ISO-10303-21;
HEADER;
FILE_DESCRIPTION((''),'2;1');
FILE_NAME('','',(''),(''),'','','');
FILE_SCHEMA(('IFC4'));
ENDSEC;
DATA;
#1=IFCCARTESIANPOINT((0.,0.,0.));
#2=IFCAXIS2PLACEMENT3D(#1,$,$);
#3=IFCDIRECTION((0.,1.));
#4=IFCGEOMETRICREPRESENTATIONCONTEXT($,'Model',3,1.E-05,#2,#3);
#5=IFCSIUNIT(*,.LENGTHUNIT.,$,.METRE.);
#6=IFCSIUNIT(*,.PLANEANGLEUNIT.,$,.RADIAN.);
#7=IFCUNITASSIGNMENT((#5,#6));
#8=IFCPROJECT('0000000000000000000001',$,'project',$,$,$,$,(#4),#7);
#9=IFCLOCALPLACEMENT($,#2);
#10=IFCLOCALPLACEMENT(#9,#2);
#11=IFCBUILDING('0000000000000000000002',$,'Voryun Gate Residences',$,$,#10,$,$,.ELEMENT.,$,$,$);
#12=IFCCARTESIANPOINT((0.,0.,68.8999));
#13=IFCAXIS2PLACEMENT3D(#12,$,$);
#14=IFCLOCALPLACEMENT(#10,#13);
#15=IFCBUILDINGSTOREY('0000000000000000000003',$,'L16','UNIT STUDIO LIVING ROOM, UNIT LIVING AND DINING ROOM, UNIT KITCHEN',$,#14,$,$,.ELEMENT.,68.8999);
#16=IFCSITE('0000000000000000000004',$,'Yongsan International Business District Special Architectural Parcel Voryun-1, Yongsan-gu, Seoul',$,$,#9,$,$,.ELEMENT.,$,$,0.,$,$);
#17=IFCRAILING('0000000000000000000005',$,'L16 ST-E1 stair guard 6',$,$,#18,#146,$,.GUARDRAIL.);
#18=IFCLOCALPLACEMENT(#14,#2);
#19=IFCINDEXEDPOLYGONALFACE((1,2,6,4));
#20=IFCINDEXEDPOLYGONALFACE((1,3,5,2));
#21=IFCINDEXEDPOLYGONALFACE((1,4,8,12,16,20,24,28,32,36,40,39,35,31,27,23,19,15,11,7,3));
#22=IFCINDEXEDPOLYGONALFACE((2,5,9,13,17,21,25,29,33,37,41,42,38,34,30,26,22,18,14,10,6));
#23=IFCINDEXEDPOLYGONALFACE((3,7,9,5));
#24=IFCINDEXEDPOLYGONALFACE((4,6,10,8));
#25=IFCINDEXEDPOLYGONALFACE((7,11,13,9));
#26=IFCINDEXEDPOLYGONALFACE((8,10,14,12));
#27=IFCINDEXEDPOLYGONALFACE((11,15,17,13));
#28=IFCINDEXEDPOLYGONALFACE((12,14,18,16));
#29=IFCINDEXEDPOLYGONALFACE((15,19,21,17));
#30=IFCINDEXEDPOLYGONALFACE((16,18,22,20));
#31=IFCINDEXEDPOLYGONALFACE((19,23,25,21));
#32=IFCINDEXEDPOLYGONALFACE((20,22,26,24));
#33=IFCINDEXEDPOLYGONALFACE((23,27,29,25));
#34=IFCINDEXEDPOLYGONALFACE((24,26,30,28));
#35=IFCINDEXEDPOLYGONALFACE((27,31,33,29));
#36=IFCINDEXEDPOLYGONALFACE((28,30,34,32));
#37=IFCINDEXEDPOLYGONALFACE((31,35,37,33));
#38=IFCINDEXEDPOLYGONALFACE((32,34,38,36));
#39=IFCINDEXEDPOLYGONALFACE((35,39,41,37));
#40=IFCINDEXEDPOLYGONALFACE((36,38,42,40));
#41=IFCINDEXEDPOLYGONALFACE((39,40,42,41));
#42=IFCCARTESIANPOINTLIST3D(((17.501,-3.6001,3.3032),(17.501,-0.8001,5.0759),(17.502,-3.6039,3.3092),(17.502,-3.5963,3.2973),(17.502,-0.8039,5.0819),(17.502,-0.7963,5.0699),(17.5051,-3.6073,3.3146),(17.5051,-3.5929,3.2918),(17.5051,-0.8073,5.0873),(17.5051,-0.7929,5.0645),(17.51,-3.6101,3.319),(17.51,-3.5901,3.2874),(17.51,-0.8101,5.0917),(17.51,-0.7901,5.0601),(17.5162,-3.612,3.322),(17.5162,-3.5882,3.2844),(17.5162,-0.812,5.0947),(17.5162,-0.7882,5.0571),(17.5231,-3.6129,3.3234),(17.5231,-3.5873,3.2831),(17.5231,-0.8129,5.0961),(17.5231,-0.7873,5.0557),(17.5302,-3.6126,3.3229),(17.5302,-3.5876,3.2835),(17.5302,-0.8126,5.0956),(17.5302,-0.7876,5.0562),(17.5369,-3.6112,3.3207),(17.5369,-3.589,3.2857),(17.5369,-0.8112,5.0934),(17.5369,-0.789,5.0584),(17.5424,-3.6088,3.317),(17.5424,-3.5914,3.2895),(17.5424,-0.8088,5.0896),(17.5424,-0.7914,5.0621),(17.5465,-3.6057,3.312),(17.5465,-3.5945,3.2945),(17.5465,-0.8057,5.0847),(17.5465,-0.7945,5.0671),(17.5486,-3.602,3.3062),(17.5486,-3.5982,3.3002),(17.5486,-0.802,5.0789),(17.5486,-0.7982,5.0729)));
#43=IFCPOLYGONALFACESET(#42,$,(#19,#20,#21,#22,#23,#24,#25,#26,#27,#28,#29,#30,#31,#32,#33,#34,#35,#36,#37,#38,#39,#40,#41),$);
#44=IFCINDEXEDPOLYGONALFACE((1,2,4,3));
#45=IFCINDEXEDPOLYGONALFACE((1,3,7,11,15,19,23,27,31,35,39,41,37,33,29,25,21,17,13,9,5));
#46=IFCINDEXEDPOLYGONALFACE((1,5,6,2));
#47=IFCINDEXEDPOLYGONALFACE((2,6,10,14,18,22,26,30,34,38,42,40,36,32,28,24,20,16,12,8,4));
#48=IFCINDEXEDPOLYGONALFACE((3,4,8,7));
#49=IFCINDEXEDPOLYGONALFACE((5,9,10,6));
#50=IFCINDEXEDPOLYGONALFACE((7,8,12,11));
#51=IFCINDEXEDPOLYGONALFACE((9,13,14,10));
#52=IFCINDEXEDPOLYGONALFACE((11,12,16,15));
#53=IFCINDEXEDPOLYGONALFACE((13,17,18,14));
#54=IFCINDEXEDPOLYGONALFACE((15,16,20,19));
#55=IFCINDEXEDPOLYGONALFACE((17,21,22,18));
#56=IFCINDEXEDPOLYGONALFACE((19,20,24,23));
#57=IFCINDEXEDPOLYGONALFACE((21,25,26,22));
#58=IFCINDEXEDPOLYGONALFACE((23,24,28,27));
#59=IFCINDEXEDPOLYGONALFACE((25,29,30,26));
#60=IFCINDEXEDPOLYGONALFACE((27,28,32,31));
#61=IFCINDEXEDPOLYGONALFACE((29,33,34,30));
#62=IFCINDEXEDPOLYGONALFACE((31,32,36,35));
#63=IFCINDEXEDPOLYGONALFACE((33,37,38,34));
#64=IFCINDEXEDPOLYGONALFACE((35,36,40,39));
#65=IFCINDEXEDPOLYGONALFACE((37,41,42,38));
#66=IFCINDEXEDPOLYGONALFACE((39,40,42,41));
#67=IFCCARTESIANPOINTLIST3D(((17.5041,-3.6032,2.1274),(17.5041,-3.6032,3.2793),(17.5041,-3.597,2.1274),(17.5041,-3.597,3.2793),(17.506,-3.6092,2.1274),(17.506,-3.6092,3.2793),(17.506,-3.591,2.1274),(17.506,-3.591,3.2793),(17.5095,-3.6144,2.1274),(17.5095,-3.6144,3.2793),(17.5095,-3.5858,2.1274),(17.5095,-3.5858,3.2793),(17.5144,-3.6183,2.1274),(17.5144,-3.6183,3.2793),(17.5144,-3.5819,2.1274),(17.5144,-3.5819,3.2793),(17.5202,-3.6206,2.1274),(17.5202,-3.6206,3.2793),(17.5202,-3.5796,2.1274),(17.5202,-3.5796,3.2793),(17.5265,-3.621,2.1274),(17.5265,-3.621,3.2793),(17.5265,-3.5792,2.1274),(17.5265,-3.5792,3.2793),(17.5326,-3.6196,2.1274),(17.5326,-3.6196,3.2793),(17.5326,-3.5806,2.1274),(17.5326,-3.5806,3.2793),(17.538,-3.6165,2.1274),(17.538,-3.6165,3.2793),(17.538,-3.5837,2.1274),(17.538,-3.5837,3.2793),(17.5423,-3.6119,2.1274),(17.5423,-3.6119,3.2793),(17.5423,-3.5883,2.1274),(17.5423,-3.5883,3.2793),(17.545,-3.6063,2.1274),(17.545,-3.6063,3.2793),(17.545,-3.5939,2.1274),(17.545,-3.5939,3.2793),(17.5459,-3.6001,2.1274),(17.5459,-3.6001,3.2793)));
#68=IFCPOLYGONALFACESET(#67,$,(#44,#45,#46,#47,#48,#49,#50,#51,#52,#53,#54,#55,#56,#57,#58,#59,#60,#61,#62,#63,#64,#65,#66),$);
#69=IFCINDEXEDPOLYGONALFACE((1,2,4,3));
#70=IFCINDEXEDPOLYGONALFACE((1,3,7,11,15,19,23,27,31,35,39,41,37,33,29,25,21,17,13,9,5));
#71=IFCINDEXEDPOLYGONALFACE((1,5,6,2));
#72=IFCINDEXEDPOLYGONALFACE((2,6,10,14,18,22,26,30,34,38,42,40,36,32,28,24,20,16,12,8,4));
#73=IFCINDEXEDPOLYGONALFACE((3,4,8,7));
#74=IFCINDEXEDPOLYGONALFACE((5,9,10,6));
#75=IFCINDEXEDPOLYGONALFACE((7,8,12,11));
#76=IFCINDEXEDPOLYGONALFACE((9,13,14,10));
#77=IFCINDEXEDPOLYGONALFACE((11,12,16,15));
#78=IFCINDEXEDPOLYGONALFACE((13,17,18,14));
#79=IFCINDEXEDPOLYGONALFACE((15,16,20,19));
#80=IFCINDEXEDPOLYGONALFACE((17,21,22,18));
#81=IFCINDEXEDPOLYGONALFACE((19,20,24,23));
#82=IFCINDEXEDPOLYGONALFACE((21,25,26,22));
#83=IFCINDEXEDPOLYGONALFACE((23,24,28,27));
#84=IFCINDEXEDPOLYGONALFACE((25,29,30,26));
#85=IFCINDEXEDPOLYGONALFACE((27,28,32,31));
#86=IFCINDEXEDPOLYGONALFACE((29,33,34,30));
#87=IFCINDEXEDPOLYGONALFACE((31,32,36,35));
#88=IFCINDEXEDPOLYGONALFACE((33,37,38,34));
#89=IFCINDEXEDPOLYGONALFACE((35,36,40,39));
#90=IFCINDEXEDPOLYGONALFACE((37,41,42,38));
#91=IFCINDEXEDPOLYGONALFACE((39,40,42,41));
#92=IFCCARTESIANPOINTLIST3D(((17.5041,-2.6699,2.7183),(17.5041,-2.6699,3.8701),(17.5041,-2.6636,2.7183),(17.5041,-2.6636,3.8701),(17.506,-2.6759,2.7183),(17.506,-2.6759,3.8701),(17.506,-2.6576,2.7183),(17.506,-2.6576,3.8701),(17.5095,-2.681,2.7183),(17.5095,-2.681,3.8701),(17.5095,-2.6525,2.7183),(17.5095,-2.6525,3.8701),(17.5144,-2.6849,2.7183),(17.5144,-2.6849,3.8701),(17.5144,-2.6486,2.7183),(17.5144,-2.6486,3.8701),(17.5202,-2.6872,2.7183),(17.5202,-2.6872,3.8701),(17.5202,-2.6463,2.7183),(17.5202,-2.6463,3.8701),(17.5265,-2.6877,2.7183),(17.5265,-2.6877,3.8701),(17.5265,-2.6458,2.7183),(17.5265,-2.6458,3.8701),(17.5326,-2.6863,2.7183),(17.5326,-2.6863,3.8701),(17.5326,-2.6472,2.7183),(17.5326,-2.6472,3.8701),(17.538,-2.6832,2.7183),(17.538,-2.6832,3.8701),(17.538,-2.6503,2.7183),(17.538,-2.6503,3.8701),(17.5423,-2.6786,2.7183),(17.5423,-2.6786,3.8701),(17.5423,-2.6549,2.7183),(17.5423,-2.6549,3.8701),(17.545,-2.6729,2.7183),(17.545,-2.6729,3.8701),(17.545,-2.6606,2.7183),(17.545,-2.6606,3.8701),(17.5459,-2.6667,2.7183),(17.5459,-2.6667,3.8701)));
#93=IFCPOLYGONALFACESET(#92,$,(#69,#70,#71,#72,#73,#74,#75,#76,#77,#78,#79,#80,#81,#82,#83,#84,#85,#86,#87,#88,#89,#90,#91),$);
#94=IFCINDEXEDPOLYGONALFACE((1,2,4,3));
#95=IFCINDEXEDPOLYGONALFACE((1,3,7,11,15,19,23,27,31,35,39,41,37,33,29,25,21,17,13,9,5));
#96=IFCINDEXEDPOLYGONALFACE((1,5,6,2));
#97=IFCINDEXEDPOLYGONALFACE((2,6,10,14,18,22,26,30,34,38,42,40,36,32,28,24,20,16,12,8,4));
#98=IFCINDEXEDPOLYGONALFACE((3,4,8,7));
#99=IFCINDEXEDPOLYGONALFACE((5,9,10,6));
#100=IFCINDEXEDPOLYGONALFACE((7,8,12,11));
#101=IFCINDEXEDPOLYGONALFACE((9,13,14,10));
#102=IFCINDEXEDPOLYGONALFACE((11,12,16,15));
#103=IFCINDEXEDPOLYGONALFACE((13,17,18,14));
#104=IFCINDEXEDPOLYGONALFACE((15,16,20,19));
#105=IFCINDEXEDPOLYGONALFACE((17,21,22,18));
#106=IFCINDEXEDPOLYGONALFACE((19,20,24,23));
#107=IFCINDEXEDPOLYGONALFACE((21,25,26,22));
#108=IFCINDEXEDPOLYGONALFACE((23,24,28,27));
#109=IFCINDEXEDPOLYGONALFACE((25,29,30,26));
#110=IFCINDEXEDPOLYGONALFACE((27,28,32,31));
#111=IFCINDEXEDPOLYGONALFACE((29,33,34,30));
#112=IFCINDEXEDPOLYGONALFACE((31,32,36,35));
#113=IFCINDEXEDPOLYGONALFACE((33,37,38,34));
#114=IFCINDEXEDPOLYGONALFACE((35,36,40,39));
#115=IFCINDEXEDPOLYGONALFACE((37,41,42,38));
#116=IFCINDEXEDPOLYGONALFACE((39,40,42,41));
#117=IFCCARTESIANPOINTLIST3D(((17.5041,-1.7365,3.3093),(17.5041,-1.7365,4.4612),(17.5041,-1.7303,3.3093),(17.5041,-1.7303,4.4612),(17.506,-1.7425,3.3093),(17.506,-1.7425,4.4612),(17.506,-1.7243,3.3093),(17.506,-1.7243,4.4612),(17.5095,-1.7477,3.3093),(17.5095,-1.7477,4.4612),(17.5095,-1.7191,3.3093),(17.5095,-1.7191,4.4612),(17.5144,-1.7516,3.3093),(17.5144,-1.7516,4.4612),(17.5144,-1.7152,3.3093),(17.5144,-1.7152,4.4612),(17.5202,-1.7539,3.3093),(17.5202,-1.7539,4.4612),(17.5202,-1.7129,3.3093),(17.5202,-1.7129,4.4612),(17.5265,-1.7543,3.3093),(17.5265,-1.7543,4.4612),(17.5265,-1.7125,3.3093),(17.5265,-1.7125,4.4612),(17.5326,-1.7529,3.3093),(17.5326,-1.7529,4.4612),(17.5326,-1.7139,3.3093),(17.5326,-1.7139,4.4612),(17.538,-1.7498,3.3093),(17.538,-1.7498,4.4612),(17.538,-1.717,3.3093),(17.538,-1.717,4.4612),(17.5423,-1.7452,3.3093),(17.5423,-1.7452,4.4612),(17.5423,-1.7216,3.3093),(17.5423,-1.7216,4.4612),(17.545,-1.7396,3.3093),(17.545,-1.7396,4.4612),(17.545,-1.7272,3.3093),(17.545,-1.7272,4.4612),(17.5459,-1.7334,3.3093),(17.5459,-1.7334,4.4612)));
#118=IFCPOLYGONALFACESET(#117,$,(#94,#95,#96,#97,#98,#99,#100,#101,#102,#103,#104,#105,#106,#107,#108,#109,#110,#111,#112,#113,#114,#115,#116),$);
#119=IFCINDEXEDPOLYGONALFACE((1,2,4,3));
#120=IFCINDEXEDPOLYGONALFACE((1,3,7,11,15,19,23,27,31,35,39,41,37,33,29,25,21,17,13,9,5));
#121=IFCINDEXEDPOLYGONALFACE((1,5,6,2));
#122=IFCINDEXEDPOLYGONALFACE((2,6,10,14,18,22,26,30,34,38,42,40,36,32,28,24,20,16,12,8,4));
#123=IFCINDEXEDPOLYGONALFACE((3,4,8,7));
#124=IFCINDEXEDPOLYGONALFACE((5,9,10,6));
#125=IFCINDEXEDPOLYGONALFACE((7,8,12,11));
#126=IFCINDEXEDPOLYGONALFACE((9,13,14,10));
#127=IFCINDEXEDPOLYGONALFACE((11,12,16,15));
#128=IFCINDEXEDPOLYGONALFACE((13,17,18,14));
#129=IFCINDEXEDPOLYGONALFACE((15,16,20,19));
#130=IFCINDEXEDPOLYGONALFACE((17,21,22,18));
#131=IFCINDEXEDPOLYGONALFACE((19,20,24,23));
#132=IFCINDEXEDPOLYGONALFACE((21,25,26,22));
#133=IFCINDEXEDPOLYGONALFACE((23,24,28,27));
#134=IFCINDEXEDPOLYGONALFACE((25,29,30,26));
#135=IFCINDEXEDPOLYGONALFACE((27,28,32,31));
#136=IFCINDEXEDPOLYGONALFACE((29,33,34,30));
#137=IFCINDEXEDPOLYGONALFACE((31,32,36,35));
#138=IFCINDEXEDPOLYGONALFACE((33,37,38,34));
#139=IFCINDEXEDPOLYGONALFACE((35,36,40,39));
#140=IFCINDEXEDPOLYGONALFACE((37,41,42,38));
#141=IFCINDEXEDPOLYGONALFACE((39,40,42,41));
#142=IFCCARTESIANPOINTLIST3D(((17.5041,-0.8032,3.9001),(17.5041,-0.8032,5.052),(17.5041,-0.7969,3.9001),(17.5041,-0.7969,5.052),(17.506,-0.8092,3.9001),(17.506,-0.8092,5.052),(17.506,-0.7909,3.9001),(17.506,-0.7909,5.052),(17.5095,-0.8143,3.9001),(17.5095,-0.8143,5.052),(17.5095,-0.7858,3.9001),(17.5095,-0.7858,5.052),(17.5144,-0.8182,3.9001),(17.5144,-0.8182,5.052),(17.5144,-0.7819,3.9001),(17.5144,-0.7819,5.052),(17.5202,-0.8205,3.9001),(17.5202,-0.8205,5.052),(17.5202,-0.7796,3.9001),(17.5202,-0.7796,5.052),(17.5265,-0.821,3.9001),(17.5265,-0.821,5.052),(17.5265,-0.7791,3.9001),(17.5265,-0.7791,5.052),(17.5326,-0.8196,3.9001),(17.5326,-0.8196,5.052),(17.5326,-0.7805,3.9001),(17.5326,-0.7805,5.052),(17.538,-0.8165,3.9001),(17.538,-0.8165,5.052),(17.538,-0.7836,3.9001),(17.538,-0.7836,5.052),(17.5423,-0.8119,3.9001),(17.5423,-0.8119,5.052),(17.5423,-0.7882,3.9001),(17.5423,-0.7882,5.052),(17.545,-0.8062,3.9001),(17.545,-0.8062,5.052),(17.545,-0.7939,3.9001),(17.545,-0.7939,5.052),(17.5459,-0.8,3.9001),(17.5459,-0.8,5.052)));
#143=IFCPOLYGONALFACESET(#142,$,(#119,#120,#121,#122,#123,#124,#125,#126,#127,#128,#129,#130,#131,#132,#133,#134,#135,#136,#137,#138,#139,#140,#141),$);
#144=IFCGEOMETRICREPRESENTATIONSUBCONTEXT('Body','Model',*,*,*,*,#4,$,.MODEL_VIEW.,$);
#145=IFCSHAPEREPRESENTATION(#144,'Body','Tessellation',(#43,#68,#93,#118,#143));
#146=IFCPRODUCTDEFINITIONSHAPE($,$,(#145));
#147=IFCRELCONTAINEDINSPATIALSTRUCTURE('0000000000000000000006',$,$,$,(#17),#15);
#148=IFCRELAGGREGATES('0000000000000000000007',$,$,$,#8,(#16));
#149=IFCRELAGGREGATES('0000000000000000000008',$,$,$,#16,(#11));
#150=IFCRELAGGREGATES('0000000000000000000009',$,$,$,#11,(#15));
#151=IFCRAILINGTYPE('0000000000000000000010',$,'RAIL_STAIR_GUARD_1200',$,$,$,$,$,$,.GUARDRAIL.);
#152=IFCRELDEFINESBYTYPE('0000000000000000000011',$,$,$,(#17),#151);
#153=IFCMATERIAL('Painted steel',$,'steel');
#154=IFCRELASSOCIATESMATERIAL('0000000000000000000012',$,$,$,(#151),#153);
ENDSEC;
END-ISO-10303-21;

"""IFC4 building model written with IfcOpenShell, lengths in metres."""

from ifc_helpers import new_model, si_unit, direction, frame, origin, origin_2d, place, context, subcontext, project, spatial, circle, extrude, material, type_object, element, save


model = new_model("IFC4")

# Units and contexts
model_context = context("Model", 3, precision=1e-05, world=origin(), true_north=direction((0.0, 1.0)))
body_context = subcontext(model_context, "Body", "Model", "MODEL_VIEW")
ifc_project = project(units=[si_unit("LENGTHUNIT", "METRE"), si_unit("PLANEANGLEUNIT", "RADIAN")], contexts=[model_context])

# Site, building, storey
site_placement = place(None, origin())
site = spatial("IfcSite", under=ifc_project, at=site_placement, Name="Yongsan International Business District Special Architectural Parcel Voryun-1, Yongsan-gu, Seoul", CompositionType="ELEMENT", RefElevation=0.0)
building_placement = place(site_placement, origin())
building = spatial("IfcBuilding", under=site, at=building_placement, Name="Voryun Gate Residences", CompositionType="ELEMENT")
storey_placement = place(building_placement, frame((0.0, 0.0, 68.8999)))
storey = spatial("IfcBuildingStorey", under=building, at=storey_placement, Name="L16", Description="UNIT STUDIO LIVING ROOM, UNIT LIVING AND DINING ROOM, UNIT KITCHEN", CompositionType="ELEMENT", Elevation=68.8999)

# Railing
ifc_material_1 = material(Name="Painted steel", Category="steel")
railing_type_1 = type_object("IfcRailingType", Name="RAIL_STAIR_GUARD_1200", PredefinedType="GUARDRAIL", material=ifc_material_1)
railing_1_placement = place(storey_placement, frame((17.5249, -3.6001, 2.1274)))
element("IfcRailing", 1, at=railing_1_placement, inside=storey, type_object=railing_type_1, Name="L16 ST-E1 stair guard 6", PredefinedType="GUARDRAIL", context=body_context, shape_type="SweptSolid", body=[
    extrude(circle(Radius=0.0239, at=origin_2d()), frame((0.0, 0.0, 1.1758), z_axis=(0.0, 0.844909, 0.53491), x_axis=(-1.0, 0.0, 0.0)), (0.0, 0.0, 1.0), 3.314),
    extrude(circle(Radius=0.021, at=origin_2d()), origin(), (0.0, 0.0, 1.0), 1.1519),
    extrude(circle(Radius=0.021, at=origin_2d()), frame((0.0, 0.9333, 0.5908)), (0.0, 0.0, 1.0), 1.1519),
    extrude(circle(Radius=0.021, at=origin_2d()), frame((0.0, 1.8667, 1.1819)), (0.0, 0.0, 1.0), 1.1519),
    extrude(circle(Radius=0.021, at=origin_2d()), frame((0.0, 2.8, 1.7727)), (0.0, 0.0, 1.0), 1.1519),
])

save(model, "model.ifc")
